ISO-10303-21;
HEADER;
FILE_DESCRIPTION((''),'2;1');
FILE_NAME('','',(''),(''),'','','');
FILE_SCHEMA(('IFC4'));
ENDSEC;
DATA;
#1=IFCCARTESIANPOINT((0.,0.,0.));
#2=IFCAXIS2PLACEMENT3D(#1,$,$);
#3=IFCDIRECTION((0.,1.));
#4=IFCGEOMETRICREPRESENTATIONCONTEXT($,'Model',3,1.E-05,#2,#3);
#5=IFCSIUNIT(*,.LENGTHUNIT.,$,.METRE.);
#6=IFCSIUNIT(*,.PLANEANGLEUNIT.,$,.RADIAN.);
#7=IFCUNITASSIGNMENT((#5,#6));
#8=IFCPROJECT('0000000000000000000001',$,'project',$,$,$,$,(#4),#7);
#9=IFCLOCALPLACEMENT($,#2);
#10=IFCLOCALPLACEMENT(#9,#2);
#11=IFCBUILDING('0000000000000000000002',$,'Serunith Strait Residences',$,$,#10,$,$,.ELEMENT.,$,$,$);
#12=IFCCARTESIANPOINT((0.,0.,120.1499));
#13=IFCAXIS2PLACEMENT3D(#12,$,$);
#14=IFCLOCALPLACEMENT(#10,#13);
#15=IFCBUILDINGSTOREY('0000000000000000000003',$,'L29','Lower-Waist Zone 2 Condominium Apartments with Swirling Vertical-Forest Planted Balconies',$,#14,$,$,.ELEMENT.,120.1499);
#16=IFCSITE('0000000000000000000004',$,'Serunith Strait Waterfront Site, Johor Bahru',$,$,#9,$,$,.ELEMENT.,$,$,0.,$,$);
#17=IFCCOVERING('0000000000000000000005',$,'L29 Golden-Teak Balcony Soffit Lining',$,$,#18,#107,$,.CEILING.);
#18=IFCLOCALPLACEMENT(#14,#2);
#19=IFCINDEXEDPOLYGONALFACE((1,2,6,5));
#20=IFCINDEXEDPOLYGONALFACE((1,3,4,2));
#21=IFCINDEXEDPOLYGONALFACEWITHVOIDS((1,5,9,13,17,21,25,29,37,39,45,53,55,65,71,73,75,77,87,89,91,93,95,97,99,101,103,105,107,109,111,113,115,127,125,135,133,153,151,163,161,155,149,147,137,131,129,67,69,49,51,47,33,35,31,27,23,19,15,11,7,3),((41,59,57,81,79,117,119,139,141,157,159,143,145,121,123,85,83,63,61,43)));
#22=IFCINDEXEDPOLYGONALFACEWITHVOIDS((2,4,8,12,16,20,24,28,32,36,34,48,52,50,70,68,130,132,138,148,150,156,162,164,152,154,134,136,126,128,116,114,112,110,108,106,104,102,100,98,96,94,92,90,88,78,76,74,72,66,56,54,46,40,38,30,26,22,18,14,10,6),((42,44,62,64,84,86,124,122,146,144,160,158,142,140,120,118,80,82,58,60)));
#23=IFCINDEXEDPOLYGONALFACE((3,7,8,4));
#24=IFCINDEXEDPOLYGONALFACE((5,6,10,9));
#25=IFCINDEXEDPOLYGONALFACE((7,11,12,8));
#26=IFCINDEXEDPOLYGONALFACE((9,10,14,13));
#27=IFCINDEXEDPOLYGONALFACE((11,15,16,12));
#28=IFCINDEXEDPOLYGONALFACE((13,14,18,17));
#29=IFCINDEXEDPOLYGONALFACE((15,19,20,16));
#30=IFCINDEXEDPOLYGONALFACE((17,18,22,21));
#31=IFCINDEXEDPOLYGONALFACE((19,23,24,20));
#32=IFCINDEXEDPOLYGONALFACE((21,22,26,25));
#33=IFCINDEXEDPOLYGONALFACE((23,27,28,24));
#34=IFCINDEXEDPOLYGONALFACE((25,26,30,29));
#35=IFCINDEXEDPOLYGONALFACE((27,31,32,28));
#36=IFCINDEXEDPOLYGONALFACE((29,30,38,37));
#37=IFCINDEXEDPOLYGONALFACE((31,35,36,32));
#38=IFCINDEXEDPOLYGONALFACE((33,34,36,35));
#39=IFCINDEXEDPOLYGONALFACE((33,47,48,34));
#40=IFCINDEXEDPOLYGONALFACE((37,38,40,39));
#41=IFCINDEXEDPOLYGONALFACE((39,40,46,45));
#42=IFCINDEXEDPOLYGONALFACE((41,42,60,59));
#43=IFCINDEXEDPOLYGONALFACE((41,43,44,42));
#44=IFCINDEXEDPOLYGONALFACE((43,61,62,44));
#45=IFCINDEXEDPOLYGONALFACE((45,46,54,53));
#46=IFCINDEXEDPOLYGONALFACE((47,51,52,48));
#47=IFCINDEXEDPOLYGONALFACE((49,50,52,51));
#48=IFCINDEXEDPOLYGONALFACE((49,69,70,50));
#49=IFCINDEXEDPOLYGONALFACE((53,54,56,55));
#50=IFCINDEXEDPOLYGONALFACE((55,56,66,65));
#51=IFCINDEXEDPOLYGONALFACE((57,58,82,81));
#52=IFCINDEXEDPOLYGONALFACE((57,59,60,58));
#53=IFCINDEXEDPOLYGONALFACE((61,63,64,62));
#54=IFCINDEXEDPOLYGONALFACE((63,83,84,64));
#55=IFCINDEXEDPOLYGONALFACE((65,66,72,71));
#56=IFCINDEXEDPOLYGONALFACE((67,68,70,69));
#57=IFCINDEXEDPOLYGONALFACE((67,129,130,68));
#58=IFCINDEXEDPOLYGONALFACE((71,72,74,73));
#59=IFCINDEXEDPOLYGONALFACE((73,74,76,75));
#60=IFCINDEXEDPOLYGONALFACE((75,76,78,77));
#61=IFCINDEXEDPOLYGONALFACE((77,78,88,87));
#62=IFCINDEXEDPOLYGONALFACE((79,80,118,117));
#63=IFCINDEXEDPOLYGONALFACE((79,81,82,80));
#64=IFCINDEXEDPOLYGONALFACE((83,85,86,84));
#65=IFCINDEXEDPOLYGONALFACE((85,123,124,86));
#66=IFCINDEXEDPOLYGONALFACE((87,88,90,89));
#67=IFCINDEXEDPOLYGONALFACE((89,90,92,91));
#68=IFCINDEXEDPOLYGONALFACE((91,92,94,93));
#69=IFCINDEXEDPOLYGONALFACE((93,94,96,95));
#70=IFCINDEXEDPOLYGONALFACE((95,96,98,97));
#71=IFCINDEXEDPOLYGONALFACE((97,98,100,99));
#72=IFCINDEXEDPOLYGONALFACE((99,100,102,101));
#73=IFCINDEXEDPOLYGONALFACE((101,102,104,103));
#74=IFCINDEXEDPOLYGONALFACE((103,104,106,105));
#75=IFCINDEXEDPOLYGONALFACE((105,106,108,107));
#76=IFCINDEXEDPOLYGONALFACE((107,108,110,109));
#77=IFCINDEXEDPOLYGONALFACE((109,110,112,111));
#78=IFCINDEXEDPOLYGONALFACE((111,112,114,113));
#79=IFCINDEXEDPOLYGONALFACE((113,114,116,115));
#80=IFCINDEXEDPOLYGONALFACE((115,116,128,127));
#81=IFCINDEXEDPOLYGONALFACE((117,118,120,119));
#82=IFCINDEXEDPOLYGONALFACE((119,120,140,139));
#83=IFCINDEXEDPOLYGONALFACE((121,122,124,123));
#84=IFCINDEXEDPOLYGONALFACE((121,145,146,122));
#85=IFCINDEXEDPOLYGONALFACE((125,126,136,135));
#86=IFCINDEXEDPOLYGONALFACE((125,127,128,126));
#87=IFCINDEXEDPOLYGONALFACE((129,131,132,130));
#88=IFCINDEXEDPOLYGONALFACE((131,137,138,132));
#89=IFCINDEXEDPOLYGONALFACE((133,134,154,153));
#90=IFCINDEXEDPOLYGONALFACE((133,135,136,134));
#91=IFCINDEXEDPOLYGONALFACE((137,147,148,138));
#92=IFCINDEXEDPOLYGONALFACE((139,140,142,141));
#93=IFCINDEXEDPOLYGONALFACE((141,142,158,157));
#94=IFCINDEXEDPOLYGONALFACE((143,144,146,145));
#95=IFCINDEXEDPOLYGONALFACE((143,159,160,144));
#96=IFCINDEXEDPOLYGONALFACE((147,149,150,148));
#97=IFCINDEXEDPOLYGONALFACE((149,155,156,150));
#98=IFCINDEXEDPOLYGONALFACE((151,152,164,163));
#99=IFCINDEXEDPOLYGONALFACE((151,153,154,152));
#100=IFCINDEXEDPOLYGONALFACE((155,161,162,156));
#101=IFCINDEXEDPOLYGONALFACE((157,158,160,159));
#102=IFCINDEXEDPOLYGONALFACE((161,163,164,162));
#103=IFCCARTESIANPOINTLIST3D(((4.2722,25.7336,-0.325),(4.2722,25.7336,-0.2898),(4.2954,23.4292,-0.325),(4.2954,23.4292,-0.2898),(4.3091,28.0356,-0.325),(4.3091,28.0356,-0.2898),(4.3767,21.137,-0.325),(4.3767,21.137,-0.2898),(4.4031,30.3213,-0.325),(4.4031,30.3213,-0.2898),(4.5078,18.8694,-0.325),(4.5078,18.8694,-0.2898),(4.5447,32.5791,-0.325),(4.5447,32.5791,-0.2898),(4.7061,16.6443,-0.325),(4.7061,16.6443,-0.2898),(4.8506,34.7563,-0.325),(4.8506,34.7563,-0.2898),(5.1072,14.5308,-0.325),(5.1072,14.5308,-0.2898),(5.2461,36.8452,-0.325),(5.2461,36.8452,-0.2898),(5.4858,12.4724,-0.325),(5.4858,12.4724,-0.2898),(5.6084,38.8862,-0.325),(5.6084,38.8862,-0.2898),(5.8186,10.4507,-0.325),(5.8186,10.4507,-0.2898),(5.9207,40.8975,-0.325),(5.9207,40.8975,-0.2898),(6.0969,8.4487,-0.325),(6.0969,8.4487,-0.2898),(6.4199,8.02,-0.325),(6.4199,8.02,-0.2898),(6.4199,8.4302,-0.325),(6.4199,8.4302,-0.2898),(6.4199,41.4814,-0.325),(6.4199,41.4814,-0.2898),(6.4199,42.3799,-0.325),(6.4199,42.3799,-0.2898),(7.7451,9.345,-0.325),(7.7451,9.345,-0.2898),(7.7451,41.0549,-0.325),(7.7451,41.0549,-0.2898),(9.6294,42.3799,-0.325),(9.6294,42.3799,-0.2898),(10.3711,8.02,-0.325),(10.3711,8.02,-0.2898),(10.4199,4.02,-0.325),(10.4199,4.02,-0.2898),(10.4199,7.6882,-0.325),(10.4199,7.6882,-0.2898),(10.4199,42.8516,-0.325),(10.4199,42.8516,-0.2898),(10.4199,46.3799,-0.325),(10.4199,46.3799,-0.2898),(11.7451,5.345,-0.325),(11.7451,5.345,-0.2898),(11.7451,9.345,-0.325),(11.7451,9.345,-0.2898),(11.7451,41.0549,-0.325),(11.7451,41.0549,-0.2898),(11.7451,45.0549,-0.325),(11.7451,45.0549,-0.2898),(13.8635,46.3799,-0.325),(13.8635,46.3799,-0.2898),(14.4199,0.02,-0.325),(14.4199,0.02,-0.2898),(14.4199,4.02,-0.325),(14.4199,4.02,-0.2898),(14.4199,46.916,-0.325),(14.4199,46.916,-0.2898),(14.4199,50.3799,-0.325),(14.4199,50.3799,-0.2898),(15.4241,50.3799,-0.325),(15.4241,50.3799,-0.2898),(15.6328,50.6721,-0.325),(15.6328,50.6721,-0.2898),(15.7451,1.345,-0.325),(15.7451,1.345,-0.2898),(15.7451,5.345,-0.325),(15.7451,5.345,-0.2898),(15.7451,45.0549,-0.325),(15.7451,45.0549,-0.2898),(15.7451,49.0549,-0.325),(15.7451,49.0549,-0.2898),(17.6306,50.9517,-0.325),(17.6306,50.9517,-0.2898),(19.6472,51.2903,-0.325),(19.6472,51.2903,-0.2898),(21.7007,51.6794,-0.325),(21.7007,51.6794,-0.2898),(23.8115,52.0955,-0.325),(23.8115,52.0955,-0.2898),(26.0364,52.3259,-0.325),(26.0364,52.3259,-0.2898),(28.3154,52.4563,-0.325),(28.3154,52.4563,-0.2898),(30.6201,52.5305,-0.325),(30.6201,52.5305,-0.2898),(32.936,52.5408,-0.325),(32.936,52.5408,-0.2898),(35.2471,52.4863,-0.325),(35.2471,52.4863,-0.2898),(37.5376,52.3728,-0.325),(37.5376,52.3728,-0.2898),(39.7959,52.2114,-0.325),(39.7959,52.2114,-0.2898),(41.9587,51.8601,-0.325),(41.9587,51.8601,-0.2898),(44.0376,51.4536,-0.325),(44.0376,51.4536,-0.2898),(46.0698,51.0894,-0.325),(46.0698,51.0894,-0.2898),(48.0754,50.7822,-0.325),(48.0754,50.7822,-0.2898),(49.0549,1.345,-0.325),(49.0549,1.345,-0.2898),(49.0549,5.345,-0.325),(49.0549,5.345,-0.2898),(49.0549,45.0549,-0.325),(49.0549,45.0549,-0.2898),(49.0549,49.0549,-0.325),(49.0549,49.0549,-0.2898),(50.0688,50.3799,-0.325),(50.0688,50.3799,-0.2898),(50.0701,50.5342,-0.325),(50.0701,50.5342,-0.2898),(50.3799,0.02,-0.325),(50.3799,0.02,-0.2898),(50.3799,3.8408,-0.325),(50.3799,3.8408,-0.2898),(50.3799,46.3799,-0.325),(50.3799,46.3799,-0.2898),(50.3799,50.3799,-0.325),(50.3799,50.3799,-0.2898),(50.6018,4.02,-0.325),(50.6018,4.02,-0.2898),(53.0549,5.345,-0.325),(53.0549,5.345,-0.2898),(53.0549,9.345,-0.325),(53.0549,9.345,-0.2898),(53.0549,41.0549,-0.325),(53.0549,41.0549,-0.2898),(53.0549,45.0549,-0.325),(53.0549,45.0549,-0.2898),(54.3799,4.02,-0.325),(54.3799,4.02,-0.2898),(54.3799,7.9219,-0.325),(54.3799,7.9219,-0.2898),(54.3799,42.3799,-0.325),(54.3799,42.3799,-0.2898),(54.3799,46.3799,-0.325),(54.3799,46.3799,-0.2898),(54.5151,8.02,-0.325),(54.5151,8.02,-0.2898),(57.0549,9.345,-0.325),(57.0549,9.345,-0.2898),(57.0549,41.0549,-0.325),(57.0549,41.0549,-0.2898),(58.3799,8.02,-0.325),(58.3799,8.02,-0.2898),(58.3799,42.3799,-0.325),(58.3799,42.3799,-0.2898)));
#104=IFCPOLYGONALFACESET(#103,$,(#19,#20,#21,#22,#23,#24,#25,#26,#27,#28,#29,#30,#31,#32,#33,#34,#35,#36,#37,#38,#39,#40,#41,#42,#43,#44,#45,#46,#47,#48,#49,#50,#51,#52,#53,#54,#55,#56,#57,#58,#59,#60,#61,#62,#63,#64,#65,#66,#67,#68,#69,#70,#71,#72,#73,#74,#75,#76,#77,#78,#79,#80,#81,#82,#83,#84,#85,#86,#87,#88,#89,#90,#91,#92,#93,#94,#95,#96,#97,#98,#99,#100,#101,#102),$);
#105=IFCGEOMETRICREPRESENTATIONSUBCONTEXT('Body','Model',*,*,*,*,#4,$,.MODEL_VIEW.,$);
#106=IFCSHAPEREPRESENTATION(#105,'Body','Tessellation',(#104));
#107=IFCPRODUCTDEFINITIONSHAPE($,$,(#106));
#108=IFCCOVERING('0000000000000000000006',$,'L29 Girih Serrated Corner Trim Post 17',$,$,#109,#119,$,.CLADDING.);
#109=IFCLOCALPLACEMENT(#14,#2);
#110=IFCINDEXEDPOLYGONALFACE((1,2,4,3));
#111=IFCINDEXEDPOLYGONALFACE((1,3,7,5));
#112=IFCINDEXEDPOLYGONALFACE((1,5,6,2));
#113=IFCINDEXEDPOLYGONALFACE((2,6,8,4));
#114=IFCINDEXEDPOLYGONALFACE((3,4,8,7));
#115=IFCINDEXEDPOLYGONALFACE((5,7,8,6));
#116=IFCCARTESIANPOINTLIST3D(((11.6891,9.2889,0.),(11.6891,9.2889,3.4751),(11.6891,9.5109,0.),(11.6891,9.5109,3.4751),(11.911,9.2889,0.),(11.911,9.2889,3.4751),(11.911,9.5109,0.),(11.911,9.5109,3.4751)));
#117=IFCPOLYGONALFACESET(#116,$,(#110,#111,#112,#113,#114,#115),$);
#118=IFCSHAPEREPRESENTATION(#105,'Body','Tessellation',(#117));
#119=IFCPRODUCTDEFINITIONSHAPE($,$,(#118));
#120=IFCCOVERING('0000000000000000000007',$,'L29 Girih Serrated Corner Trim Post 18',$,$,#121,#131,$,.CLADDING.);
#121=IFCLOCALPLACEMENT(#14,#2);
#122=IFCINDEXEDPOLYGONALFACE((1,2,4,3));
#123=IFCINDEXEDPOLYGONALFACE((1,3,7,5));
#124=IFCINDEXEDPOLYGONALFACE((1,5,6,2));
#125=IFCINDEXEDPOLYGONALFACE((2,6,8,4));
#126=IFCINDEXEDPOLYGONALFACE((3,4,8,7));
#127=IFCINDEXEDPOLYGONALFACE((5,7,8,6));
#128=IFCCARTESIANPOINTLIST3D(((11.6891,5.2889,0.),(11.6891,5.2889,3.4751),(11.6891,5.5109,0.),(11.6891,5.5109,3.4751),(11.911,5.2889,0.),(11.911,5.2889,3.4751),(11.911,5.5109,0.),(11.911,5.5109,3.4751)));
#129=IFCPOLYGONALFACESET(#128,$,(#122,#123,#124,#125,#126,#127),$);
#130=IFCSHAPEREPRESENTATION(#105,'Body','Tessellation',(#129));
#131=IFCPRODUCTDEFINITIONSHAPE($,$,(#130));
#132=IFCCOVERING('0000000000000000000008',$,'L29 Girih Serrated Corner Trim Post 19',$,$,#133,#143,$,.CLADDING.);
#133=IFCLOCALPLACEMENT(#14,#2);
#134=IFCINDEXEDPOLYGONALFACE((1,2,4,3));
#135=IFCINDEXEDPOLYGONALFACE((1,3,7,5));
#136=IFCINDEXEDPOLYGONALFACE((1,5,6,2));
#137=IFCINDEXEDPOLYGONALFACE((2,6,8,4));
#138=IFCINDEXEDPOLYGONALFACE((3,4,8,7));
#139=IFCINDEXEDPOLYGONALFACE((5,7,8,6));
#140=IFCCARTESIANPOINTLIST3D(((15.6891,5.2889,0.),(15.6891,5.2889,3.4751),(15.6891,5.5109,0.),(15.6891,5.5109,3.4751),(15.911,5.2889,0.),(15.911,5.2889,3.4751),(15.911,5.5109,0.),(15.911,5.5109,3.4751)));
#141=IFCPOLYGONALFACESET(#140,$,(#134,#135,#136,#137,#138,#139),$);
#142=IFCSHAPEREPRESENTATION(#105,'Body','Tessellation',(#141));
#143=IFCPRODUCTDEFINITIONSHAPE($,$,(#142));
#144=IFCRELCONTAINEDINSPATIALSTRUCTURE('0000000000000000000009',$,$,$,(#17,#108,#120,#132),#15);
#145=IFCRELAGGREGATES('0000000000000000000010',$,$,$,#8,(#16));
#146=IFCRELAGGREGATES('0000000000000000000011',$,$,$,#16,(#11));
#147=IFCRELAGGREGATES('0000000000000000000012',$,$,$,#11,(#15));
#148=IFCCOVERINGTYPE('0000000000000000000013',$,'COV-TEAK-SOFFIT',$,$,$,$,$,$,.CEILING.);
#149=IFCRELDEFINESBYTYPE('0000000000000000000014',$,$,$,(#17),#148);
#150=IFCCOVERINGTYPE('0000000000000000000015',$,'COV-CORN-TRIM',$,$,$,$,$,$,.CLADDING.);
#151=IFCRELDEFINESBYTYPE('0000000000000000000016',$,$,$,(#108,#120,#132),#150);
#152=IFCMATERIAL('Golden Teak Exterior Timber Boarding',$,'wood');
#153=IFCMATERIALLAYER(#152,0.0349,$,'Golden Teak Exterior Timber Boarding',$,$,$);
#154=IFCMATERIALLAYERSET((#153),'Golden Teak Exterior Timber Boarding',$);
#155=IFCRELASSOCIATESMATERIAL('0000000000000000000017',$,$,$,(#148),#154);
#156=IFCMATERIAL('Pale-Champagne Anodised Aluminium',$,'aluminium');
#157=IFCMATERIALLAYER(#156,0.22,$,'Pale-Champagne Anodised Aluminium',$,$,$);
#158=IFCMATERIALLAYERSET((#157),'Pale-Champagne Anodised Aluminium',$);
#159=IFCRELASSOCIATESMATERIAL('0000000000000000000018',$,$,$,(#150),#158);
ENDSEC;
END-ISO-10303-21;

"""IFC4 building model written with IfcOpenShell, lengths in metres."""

from ifc_helpers import new_model, si_unit, direction, frame, origin, origin_2d, place, context, subcontext, project, spatial, polyline, rectangle, outline, extrude, source, transform, mapped, material, layer, layer_set, type_object, element, save


model = new_model("IFC4")

# Units and contexts
model_context = context("Model", 3, precision=1e-05, world=origin(), true_north=direction((0.0, 1.0)))
body_context = subcontext(model_context, "Body", "Model", "MODEL_VIEW")
ifc_project = project(units=[si_unit("LENGTHUNIT", "METRE"), si_unit("PLANEANGLEUNIT", "RADIAN")], contexts=[model_context])

# Site, building, storey
site_placement = place(None, origin())
site = spatial("IfcSite", under=ifc_project, at=site_placement, Name="Serunith Strait Waterfront Site, Johor Bahru", CompositionType="ELEMENT", RefElevation=0.0)
building_placement = place(site_placement, origin())
building = spatial("IfcBuilding", under=site, at=building_placement, Name="Serunith Strait Residences", CompositionType="ELEMENT")
storey_placement = place(building_placement, frame((0.0, 0.0, 120.1499)))
storey = spatial("IfcBuildingStorey", under=building, at=storey_placement, Name="L29", Description="Lower-Waist Zone 2 Condominium Apartments with Swirling Vertical-Forest Planted Balconies", CompositionType="ELEMENT", Elevation=120.1499)

# Shared definitions
ifc_material_1 = material(Name="Pale-Champagne Anodised Aluminium", Category="aluminium")

# Covering
ifc_material_2 = material(Name="Golden Teak Exterior Timber Boarding", Category="wood")
ifc_layer_1 = layer(ifc_material_2, 0.0349, Name="Golden Teak Exterior Timber Boarding")
ifc_layer_set_1 = layer_set([ifc_layer_1], Name="Golden Teak Exterior Timber Boarding")
covering_type_1 = type_object("IfcCoveringType", Name="COV-TEAK-SOFFIT", PredefinedType="CEILING", material=ifc_layer_set_1)
covering_placement = place(storey_placement, frame((0.0, 0.0, -0.325)))
element("IfcCovering", 1, at=covering_placement, inside=storey, type_object=covering_type_1, Name="L29 Golden-Teak Balcony Soffit Lining", PredefinedType="CEILING", context=body_context, shape_type="SweptSolid", body=[
    extrude(outline(polyline([(6.4199, 8.02), (6.4199, 8.4302), (6.0969, 8.4487), (5.8186, 10.4507), (5.4858, 12.4724), (5.1072, 14.5308), (4.7061, 16.6443), (4.5078, 18.8694), (4.3767, 21.137), (4.2954, 23.4292), (4.2722, 25.7336), (4.3091, 28.0356), (4.4031, 30.3213), (4.5447, 32.5791), (4.8506, 34.7563), (5.2461, 36.8452), (5.6084, 38.8862), (5.9207, 40.8975), (6.4199, 41.4814), (6.4199, 42.3799), (9.6294, 42.3799), (10.4199, 42.8516), (10.4199, 46.3799), (13.8635, 46.3799), (14.4199, 46.916), (14.4199, 50.3799), (15.4241, 50.3799), (15.6328, 50.6721), (17.6306, 50.9517), (19.6472, 51.2903), (21.7007, 51.6794), (23.8115, 52.0955), (26.0364, 52.3259), (28.3154, 52.4563), (30.6201, 52.5305), (32.936, 52.5408), (35.2471, 52.4863), (37.5376, 52.3728), (39.7959, 52.2114), (41.9587, 51.8601), (44.0376, 51.4536), (46.0698, 51.0894), (48.0754, 50.7822), (50.0701, 50.5342), (50.0688, 50.3799), (50.3799, 50.3799), (50.3799, 46.3799), (54.3799, 46.3799), (54.3799, 42.3799), (58.3799, 42.3799), (58.3799, 8.02), (54.5151, 8.02), (54.3799, 7.9219), (54.3799, 4.02), (50.6018, 4.02), (50.3799, 3.8408), (50.3799, 0.02), (14.4199, 0.02), (14.4199, 4.02), (10.4199, 4.02), (10.4199, 7.6882), (10.3711, 8.02), (6.4199, 8.02)]), holes=[polyline([(49.0549, 1.345), (49.0549, 5.345), (53.0549, 5.345), (53.0549, 9.345), (57.0549, 9.345), (57.0549, 41.0549), (53.0549, 41.0549), (53.0549, 45.0549), (49.0549, 45.0549), (49.0549, 49.0549), (15.7451, 49.0549), (15.7451, 45.0549), (11.7451, 45.0549), (11.7451, 41.0549), (7.7451, 41.0549), (7.7451, 9.345), (11.7451, 9.345), (11.7451, 5.345), (15.7451, 5.345), (15.7451, 1.345), (49.0549, 1.345)])]), origin(), (0.0, 0.0, 1.0), 0.0352),
])

# Coverings
ifc_layer_2 = layer(ifc_material_1, 0.22, Name="Pale-Champagne Anodised Aluminium")
ifc_layer_set_2 = layer_set([ifc_layer_2], Name="Pale-Champagne Anodised Aluminium")
covering_type_2 = type_object("IfcCoveringType", Name="COV-CORN-TRIM", PredefinedType="CLADDING", material=ifc_layer_set_2)
shared_shape_1 = source(origin(), body_context, "Body", "SweptSolid", [
    extrude(rectangle(XDim=0.2219, YDim=0.2219, at=origin_2d()), origin(), (0.0, 0.0, 1.0), 3.4751),
])
for number, where, z_axis, x_axis, name in (
    (2, (11.8, 9.3999, 0.0), (0.0, 0.0, 1.0), (1.0, 0.0, 0.0), "L29 Girih Serrated Corner Trim Post 17"),
    (3, (11.8, 5.3999, 0.0), (0.0, 0.0, 1.0), (1.0, 0.0, 0.0), "L29 Girih Serrated Corner Trim Post 18"),
    (4, (15.8, 5.3999, 0.0), (0.0, 0.0, 1.0), (1.0, 0.0, 0.0), "L29 Girih Serrated Corner Trim Post 19"),
):
    element("IfcCovering", number, at=place(storey_placement, frame(where, z_axis=z_axis, x_axis=x_axis)), inside=storey, type_object=covering_type_2, Name=name, PredefinedType="CLADDING", context=body_context, shape_type="MappedRepresentation", body=[
        mapped(shared_shape_1, transform((0.0, 0.0, 0.0), scale=1.0)),
    ])

save(model, "model.ifc")
